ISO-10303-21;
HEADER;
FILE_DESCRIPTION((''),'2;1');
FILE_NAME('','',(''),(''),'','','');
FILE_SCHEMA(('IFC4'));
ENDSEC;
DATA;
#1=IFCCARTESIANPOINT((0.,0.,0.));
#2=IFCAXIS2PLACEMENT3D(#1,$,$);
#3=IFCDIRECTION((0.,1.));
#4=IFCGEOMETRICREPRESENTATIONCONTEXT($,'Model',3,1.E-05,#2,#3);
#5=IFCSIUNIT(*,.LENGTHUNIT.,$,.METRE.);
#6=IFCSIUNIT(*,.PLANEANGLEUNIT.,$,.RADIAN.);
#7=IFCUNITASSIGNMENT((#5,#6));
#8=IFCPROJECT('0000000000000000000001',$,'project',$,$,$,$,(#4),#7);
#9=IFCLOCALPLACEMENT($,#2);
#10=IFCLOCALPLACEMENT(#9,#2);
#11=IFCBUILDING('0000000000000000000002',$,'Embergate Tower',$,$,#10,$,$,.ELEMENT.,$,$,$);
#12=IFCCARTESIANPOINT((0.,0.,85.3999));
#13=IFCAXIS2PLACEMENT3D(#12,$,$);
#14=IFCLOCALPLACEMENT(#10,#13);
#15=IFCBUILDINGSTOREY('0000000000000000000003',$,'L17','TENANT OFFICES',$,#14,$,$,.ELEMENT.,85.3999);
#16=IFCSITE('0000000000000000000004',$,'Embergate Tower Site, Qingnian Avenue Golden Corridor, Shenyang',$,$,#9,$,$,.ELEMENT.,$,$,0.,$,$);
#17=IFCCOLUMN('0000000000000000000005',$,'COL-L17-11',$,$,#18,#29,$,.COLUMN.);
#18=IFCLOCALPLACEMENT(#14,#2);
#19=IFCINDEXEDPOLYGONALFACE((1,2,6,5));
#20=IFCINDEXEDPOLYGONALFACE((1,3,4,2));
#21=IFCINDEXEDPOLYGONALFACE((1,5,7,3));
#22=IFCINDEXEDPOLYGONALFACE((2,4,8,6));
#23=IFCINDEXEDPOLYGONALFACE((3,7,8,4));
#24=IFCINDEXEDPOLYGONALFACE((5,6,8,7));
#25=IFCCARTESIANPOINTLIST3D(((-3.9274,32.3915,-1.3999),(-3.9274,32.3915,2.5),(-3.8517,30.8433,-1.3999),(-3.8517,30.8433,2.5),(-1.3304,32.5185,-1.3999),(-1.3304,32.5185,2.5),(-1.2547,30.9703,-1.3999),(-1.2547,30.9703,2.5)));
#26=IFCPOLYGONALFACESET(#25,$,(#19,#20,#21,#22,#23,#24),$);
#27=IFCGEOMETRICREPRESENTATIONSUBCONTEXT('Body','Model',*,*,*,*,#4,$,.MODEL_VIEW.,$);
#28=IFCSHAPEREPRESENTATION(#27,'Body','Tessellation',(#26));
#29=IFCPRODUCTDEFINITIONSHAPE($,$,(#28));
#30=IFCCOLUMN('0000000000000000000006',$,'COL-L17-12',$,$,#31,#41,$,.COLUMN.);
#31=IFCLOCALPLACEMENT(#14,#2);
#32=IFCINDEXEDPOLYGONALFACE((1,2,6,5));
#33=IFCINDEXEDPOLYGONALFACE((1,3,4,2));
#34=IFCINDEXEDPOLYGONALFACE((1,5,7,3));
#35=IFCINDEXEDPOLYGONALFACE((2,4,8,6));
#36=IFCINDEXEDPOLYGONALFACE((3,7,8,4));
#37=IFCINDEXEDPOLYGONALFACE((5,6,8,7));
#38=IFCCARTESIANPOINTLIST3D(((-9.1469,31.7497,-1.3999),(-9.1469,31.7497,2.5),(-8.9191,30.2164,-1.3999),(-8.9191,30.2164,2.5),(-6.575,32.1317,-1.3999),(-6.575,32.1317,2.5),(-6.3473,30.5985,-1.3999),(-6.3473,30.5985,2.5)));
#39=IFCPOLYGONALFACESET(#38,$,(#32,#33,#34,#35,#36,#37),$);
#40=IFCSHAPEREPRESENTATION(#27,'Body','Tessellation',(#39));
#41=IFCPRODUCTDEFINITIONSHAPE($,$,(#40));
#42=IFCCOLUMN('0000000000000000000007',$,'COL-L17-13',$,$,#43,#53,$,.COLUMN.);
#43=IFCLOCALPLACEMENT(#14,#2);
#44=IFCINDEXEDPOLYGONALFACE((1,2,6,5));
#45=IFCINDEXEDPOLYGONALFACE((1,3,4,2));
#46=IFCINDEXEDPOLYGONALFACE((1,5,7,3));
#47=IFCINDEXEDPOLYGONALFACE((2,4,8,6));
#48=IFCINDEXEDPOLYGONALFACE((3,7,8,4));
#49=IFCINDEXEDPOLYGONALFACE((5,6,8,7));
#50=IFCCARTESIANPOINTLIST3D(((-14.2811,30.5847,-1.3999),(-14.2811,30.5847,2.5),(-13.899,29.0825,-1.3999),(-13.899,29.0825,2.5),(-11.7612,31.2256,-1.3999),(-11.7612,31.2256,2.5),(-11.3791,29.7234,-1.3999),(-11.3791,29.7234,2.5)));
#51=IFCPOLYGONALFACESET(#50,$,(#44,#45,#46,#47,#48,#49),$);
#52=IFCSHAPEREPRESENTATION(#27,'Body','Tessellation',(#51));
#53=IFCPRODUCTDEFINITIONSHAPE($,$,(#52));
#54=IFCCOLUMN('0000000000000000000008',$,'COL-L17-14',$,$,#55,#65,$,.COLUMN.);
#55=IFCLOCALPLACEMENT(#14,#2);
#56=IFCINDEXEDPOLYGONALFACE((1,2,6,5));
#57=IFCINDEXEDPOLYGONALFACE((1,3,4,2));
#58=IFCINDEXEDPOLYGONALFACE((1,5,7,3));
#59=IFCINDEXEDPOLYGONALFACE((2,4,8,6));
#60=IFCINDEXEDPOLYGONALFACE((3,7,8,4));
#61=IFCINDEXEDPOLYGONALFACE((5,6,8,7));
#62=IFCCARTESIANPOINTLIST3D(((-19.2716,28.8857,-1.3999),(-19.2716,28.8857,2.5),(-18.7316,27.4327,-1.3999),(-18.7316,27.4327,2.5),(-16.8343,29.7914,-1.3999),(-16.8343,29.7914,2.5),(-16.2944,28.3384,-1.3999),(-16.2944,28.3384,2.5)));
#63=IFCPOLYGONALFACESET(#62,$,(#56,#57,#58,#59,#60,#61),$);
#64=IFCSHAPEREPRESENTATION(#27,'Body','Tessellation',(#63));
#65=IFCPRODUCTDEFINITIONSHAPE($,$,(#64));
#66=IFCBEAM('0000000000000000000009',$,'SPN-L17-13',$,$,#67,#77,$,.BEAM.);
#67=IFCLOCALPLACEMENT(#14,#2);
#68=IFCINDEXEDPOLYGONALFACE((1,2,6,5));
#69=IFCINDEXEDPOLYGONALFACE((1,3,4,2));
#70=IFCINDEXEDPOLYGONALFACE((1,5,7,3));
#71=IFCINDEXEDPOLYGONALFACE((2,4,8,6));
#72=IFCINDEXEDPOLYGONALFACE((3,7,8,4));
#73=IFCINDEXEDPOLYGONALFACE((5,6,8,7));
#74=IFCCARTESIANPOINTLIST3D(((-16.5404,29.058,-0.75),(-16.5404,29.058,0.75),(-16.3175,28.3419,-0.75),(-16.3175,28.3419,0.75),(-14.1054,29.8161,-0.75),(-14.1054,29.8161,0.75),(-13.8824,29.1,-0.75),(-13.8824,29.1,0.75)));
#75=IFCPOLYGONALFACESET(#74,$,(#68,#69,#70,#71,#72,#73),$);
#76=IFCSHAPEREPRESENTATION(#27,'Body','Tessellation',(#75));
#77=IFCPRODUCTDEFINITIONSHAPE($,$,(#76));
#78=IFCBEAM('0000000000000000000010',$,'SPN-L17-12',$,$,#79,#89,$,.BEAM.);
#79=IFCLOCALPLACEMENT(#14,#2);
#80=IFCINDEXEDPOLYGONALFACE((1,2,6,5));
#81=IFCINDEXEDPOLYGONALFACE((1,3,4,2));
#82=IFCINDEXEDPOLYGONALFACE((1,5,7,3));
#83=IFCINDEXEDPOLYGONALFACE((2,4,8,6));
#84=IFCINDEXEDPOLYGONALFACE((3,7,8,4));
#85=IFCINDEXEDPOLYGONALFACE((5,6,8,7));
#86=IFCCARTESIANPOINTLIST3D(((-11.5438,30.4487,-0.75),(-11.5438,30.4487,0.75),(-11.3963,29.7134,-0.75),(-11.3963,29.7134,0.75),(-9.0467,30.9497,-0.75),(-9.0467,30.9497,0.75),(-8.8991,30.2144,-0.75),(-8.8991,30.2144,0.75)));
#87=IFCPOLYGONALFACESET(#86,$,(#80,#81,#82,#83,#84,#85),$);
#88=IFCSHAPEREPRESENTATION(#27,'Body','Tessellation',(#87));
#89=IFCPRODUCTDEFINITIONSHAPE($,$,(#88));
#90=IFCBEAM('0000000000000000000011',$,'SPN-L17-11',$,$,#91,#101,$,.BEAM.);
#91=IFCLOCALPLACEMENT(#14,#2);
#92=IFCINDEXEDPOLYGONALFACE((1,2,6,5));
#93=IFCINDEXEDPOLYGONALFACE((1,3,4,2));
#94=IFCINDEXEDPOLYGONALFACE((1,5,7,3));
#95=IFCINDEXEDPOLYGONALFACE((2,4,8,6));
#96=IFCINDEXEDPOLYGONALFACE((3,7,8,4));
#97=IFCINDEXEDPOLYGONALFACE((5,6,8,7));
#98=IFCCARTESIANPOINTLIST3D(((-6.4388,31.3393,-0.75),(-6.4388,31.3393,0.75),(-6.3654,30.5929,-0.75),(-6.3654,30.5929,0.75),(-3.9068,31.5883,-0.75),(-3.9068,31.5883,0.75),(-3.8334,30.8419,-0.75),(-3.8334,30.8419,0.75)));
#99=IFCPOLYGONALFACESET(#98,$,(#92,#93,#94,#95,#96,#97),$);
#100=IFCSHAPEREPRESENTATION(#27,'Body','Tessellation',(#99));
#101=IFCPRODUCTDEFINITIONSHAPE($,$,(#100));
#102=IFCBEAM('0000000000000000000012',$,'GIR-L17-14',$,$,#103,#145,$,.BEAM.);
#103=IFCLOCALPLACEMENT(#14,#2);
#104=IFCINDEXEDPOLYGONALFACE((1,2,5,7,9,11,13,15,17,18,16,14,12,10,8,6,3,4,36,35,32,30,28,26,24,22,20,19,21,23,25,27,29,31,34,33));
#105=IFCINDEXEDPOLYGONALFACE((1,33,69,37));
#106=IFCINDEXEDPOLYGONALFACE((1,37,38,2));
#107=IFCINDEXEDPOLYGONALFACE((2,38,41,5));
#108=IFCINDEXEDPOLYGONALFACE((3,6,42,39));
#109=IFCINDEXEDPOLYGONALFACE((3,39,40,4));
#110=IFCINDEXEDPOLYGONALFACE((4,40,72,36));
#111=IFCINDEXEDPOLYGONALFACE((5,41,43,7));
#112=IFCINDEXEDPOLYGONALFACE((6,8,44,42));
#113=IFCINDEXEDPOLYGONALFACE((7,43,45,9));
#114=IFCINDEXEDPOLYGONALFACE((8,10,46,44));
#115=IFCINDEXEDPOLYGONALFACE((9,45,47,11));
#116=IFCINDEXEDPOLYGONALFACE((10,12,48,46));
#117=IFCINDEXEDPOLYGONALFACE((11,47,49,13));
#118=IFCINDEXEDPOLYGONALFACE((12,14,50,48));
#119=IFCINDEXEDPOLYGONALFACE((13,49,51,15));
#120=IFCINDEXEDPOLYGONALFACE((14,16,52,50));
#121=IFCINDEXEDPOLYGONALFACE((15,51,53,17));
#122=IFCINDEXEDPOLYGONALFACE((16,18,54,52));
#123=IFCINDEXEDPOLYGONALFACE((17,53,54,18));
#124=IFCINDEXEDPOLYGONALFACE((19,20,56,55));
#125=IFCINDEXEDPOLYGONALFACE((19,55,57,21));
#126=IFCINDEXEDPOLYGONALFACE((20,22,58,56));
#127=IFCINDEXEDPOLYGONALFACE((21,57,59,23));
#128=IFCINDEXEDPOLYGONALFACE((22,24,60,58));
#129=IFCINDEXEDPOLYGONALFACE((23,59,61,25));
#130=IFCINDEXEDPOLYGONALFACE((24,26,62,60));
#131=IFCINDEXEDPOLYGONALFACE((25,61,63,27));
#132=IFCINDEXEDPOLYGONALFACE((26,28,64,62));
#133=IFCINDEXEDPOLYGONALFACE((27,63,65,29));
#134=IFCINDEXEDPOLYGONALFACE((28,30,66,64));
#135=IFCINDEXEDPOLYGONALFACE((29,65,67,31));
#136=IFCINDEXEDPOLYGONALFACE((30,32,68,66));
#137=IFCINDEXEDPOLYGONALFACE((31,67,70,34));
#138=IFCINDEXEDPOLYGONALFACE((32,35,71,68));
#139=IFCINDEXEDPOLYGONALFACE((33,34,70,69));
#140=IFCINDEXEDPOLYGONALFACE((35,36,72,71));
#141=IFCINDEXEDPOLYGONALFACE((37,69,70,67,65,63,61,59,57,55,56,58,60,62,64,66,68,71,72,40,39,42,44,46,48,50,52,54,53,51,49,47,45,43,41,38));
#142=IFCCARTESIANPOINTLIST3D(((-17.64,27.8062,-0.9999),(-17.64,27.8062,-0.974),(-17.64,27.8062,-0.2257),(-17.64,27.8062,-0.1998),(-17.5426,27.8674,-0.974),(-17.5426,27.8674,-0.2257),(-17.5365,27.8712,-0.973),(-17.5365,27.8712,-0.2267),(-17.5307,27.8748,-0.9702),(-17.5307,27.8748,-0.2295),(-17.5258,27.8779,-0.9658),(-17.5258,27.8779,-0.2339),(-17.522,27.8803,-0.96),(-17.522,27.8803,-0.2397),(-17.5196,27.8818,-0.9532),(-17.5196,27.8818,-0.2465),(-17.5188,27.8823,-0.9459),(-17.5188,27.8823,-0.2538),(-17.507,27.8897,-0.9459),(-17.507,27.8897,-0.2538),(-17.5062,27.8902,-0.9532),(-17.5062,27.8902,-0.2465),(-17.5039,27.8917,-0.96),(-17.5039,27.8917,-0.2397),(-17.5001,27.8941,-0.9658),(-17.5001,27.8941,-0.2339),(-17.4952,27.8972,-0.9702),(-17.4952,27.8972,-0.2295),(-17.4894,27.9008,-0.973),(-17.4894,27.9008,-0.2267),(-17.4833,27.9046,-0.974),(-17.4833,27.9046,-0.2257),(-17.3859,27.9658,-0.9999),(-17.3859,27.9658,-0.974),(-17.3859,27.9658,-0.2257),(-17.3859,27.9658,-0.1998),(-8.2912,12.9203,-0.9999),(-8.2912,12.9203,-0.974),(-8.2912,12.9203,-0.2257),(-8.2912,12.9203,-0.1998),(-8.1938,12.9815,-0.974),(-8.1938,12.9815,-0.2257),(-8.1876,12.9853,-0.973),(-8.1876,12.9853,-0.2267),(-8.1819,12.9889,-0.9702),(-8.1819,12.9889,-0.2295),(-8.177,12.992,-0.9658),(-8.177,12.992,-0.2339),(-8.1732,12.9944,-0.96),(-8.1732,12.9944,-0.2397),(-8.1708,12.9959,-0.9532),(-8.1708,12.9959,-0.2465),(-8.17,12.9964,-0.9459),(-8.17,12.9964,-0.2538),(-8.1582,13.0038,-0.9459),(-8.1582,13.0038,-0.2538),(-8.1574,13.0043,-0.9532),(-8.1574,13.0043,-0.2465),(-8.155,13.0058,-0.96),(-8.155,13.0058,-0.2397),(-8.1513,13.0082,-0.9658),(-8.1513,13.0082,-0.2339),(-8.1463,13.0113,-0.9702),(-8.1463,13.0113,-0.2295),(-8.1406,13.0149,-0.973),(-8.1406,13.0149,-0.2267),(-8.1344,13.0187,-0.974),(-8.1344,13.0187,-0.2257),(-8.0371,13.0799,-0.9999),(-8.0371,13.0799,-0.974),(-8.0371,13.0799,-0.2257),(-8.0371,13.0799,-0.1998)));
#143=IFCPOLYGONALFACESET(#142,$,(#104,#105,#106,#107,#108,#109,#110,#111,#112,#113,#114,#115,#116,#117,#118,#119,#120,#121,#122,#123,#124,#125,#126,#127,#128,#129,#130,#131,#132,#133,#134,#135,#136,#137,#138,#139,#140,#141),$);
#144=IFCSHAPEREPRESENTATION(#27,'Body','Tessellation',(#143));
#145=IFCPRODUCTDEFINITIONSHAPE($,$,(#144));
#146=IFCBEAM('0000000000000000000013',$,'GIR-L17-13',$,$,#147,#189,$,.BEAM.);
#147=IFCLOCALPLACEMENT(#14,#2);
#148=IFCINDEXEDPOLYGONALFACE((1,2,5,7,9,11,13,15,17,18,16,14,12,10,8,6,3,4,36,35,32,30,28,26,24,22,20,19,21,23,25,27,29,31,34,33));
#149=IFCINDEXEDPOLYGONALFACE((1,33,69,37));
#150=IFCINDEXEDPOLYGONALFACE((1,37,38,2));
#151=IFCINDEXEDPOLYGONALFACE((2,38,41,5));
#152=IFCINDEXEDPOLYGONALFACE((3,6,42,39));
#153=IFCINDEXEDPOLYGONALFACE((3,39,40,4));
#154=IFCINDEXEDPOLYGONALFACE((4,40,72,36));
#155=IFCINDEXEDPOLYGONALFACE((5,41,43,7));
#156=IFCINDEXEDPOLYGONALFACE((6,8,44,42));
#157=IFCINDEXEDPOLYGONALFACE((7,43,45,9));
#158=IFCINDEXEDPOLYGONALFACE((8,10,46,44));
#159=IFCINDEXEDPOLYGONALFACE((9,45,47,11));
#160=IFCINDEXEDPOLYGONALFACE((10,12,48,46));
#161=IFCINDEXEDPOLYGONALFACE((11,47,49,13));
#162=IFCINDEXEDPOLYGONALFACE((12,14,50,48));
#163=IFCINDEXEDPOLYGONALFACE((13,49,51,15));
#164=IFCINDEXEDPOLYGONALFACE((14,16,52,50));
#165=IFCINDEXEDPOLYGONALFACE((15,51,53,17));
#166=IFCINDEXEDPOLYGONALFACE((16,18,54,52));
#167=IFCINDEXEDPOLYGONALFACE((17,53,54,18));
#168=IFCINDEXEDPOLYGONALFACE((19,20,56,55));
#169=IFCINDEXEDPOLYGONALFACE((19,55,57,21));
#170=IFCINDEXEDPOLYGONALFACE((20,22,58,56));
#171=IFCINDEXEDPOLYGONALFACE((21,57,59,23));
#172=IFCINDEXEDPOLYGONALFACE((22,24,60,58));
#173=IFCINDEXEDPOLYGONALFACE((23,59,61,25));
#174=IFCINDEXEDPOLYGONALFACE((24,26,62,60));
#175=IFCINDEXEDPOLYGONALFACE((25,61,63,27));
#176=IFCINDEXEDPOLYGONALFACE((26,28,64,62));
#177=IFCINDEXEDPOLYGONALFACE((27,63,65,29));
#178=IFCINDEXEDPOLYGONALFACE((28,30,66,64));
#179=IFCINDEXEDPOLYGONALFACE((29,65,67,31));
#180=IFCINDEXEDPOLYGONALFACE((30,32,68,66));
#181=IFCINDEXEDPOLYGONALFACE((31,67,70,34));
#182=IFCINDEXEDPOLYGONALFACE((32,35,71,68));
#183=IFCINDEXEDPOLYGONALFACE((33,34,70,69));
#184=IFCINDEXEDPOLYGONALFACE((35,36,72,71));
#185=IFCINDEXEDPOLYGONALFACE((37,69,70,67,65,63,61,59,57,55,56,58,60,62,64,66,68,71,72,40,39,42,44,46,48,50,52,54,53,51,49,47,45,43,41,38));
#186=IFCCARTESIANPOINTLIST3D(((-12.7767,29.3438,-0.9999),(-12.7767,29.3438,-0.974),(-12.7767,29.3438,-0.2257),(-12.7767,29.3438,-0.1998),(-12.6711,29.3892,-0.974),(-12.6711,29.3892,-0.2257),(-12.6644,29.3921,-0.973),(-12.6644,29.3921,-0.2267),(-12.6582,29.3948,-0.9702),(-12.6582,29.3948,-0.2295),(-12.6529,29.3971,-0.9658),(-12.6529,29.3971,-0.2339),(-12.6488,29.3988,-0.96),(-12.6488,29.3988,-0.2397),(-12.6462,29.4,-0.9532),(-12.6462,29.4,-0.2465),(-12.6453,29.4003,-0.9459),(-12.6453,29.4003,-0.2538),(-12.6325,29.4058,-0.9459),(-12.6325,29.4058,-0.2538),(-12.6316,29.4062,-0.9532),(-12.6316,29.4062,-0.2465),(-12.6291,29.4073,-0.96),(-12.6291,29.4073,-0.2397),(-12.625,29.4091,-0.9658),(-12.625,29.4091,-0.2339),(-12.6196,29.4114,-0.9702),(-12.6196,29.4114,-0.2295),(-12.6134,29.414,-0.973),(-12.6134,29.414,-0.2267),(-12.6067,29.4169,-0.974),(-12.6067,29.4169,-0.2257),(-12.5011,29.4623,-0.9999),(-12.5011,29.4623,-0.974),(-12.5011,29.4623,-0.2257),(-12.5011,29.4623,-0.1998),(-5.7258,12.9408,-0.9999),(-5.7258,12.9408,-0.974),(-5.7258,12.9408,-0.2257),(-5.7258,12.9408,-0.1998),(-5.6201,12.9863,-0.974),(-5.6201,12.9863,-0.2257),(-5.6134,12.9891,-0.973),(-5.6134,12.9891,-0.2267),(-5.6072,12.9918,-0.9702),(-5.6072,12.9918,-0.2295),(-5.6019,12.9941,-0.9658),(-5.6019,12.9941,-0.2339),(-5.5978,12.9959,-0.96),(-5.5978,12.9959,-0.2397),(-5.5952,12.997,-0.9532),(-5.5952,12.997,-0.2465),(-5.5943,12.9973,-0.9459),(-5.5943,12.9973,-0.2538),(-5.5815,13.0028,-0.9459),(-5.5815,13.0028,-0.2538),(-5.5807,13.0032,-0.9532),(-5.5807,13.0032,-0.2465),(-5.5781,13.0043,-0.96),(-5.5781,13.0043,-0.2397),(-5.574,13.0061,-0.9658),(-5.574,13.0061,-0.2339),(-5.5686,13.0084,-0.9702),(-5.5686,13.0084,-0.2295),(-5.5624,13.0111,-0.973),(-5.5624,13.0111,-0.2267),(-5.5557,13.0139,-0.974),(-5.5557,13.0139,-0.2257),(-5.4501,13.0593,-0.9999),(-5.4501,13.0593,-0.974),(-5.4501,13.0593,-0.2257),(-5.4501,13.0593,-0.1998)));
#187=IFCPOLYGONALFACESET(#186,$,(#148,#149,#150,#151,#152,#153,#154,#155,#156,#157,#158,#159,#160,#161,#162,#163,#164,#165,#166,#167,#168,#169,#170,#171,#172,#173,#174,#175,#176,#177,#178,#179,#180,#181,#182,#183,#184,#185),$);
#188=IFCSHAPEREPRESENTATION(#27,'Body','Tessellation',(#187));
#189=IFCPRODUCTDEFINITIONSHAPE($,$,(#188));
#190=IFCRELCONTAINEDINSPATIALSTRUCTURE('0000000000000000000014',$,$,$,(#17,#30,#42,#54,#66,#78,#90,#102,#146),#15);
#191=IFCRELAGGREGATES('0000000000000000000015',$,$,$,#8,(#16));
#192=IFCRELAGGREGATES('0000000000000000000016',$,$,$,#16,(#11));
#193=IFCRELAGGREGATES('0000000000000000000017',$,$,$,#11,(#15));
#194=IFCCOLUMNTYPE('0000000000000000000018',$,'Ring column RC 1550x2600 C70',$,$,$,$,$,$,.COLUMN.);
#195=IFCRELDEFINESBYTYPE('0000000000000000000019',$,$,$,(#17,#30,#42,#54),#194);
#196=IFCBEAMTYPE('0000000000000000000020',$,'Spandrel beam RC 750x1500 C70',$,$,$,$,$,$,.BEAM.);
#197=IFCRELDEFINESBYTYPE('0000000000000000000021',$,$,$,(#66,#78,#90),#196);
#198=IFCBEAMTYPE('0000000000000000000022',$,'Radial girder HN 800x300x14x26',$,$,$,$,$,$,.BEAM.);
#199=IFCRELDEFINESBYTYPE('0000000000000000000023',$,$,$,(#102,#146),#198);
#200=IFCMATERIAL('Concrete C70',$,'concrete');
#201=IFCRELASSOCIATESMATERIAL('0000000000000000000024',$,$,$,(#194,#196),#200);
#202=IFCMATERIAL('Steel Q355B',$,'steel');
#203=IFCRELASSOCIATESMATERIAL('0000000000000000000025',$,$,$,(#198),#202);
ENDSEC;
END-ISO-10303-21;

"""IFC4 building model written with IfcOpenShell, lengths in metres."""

from ifc_helpers import new_model, si_unit, direction, frame, origin, origin_2d, place, context, subcontext, project, spatial, rectangle, i_section, extrude, source, transform, mapped, material, material_profile, profile_set, type_object, element, save


model = new_model("IFC4")

# Units and contexts
model_context = context("Model", 3, precision=1e-05, world=origin(), true_north=direction((0.0, 1.0)))
body_context = subcontext(model_context, "Body", "Model", "MODEL_VIEW")
ifc_project = project(units=[si_unit("LENGTHUNIT", "METRE"), si_unit("PLANEANGLEUNIT", "RADIAN")], contexts=[model_context])

# Site, building, storey
site_placement = place(None, origin())
site = spatial("IfcSite", under=ifc_project, at=site_placement, Name="Embergate Tower Site, Qingnian Avenue Golden Corridor, Shenyang", CompositionType="ELEMENT", RefElevation=0.0)
building_placement = place(site_placement, origin())
building = spatial("IfcBuilding", under=site, at=building_placement, Name="Embergate Tower", CompositionType="ELEMENT")
storey_placement = place(building_placement, frame((0.0, 0.0, 85.3999)))
storey = spatial("IfcBuildingStorey", under=building, at=storey_placement, Name="L17", Description="TENANT OFFICES", CompositionType="ELEMENT", Elevation=85.3999)

# Columns
ifc_material_1 = material(Name="Concrete C70", Category="concrete")
ifc_material_profile_1 = material_profile(ifc_material_1, rectangle(XDim=1.55, YDim=2.6001, at=origin_2d()), Name="RC 1550x2600")
ifc_profile_set_1 = profile_set([ifc_material_profile_1], Name="Concrete C70")
column_type = type_object("IfcColumnType", Name="Ring column RC 1550x2600 C70", PredefinedType="COLUMN", material=ifc_profile_set_1)
shared_shape_1 = source(origin(), body_context, "Body", "SweptSolid", [
    extrude(rectangle(XDim=1.55, YDim=2.6001, at=origin_2d()), origin(), (0.0, 0.0, 1.0), 3.8999),
])
for number, where, z_axis, x_axis, name in (
    (1, (-2.5911, 31.6809, -1.3999), (0.0, 0.0, 1.0), (-0.048815, 0.998808, 0.0), "COL-L17-11"),
    (2, (-7.7471, 31.1741, -1.3999), (0.0, 0.0, 1.0), (-0.146929, 0.989147, 0.0), "COL-L17-12"),
    (3, (-12.8301, 30.1541, -1.3999), (0.0, 0.0, 1.0), (-0.246492, 0.969145, 0.0), "COL-L17-13"),
    (4, (-17.783, 28.6121, -1.3999), (0.0, 0.0, 1.0), (-0.348343, 0.937367, 0.0), "COL-L17-14"),
):
    element("IfcColumn", number, at=place(storey_placement, frame(where, z_axis=z_axis, x_axis=x_axis)), inside=storey, type_object=column_type, Name=name, PredefinedType="COLUMN", context=body_context, shape_type="MappedRepresentation", body=[
        mapped(shared_shape_1, transform((0.0, 0.0, 0.0))),
    ])

# Beams
ifc_material_profile_2 = material_profile(ifc_material_1, rectangle(XDim=0.75, YDim=1.5, at=origin_2d()), Name="RC 750x1500")
ifc_profile_set_2 = profile_set([ifc_material_profile_2], Name="Concrete C70")
beam_type_1 = type_object("IfcBeamType", Name="Spandrel beam RC 750x1500 C70", PredefinedType="BEAM", material=ifc_profile_set_2)
shared_shape_2 = source(origin(), body_context, "Body", "SweptSolid", [
    extrude(rectangle(XDim=0.75, YDim=1.5, at=origin_2d()), origin(), (0.0, 0.0, 1.0), 2.5503),
])
beam_1_placement = place(storey_placement, frame((-13.9939, 29.458, 0.0), z_axis=(-0.954803, -0.297239, 0.0), x_axis=(0.297239, -0.954803, 0.0)))
element("IfcBeam", 5, at=beam_1_placement, inside=storey, type_object=beam_type_1, Name="SPN-L17-13", PredefinedType="BEAM", context=body_context, shape_type="MappedRepresentation", body=[
    mapped(shared_shape_2, transform((0.0, 0.0, 0.0))),
])
shared_shape_3 = source(origin(), body_context, "Body", "SweptSolid", [
    extrude(rectangle(XDim=0.75, YDim=1.5, at=origin_2d()), origin(), (0.0, 0.0, 1.0), 2.5469),
])
beam_2_placement = place(storey_placement, frame((-8.9729, 30.582, 0.0), z_axis=(-0.980463, -0.196706, 0.0), x_axis=(0.196706, -0.980463, 0.0)))
element("IfcBeam", 6, at=beam_2_placement, inside=storey, type_object=beam_type_1, Name="SPN-L17-12", PredefinedType="BEAM", context=body_context, shape_type="MappedRepresentation", body=[
    mapped(shared_shape_3, transform((0.0, 0.0, 0.0))),
])
shared_shape_4 = source(origin(), body_context, "Body", "SweptSolid", [
    extrude(rectangle(XDim=0.75, YDim=1.5, at=origin_2d()), origin(), (0.0, 0.0, 1.0), 2.5442),
])
beam_3_placement = place(storey_placement, frame((-3.8701, 31.2151, 0.0), z_axis=(-0.995198, -0.097879, 0.0), x_axis=(0.097879, -0.995198, 0.0)))
element("IfcBeam", 7, at=beam_3_placement, inside=storey, type_object=beam_type_1, Name="SPN-L17-11", PredefinedType="BEAM", context=body_context, shape_type="MappedRepresentation", body=[
    mapped(shared_shape_4, transform((0.0, 0.0, 0.0))),
])
ifc_material_2 = material(Name="Steel Q355B", Category="steel")
ifc_material_profile_3 = material_profile(ifc_material_2, i_section(OverallWidth=0.3, OverallDepth=0.8, WebThickness=0.0139, FlangeThickness=0.0259, FilletRadius=0.0281, at=origin_2d()), Name="HN 800x300x14x26")
ifc_profile_set_3 = profile_set([ifc_material_profile_3], Name="Steel Q355 grade B")
beam_type_2 = type_object("IfcBeamType", Name="Radial girder HN 800x300x14x26", PredefinedType="BEAM", material=ifc_profile_set_3)
shared_shape_5 = source(origin(), body_context, "Body", "SweptSolid", [
    extrude(i_section(OverallWidth=0.3, OverallDepth=0.8, WebThickness=0.0139, FlangeThickness=0.0259, FilletRadius=0.0281, at=origin_2d()), origin(), (0.0, 0.0, 1.0), 17.5781),
])
beam_4_placement = place(storey_placement, frame((-17.5129, 27.886, -0.5999), z_axis=(0.531844, -0.846842, 0.0), x_axis=(0.846842, 0.531844, 0.0)))
element("IfcBeam", 8, at=beam_4_placement, inside=storey, type_object=beam_type_2, Name="GIR-L17-14", PredefinedType="BEAM", context=body_context, shape_type="MappedRepresentation", body=[
    mapped(shared_shape_5, transform((0.0, 0.0, 0.0))),
])
shared_shape_6 = source(origin(), body_context, "Body", "SweptSolid", [
    extrude(i_section(OverallWidth=0.3, OverallDepth=0.8, WebThickness=0.0139, FlangeThickness=0.0259, FilletRadius=0.0281, at=origin_2d()), origin(), (0.0, 0.0, 1.0), 17.8542),
])
beam_5_placement = place(storey_placement, frame((-12.6389, 29.4031, -0.5999), z_axis=(0.394919, -0.918716, 0.0), x_axis=(0.918716, 0.394919, 0.0)))
element("IfcBeam", 9, at=beam_5_placement, inside=storey, type_object=beam_type_2, Name="GIR-L17-13", PredefinedType="BEAM", context=body_context, shape_type="MappedRepresentation", body=[
    mapped(shared_shape_6, transform((0.0, 0.0, 0.0))),
])

save(model, "model.ifc")
